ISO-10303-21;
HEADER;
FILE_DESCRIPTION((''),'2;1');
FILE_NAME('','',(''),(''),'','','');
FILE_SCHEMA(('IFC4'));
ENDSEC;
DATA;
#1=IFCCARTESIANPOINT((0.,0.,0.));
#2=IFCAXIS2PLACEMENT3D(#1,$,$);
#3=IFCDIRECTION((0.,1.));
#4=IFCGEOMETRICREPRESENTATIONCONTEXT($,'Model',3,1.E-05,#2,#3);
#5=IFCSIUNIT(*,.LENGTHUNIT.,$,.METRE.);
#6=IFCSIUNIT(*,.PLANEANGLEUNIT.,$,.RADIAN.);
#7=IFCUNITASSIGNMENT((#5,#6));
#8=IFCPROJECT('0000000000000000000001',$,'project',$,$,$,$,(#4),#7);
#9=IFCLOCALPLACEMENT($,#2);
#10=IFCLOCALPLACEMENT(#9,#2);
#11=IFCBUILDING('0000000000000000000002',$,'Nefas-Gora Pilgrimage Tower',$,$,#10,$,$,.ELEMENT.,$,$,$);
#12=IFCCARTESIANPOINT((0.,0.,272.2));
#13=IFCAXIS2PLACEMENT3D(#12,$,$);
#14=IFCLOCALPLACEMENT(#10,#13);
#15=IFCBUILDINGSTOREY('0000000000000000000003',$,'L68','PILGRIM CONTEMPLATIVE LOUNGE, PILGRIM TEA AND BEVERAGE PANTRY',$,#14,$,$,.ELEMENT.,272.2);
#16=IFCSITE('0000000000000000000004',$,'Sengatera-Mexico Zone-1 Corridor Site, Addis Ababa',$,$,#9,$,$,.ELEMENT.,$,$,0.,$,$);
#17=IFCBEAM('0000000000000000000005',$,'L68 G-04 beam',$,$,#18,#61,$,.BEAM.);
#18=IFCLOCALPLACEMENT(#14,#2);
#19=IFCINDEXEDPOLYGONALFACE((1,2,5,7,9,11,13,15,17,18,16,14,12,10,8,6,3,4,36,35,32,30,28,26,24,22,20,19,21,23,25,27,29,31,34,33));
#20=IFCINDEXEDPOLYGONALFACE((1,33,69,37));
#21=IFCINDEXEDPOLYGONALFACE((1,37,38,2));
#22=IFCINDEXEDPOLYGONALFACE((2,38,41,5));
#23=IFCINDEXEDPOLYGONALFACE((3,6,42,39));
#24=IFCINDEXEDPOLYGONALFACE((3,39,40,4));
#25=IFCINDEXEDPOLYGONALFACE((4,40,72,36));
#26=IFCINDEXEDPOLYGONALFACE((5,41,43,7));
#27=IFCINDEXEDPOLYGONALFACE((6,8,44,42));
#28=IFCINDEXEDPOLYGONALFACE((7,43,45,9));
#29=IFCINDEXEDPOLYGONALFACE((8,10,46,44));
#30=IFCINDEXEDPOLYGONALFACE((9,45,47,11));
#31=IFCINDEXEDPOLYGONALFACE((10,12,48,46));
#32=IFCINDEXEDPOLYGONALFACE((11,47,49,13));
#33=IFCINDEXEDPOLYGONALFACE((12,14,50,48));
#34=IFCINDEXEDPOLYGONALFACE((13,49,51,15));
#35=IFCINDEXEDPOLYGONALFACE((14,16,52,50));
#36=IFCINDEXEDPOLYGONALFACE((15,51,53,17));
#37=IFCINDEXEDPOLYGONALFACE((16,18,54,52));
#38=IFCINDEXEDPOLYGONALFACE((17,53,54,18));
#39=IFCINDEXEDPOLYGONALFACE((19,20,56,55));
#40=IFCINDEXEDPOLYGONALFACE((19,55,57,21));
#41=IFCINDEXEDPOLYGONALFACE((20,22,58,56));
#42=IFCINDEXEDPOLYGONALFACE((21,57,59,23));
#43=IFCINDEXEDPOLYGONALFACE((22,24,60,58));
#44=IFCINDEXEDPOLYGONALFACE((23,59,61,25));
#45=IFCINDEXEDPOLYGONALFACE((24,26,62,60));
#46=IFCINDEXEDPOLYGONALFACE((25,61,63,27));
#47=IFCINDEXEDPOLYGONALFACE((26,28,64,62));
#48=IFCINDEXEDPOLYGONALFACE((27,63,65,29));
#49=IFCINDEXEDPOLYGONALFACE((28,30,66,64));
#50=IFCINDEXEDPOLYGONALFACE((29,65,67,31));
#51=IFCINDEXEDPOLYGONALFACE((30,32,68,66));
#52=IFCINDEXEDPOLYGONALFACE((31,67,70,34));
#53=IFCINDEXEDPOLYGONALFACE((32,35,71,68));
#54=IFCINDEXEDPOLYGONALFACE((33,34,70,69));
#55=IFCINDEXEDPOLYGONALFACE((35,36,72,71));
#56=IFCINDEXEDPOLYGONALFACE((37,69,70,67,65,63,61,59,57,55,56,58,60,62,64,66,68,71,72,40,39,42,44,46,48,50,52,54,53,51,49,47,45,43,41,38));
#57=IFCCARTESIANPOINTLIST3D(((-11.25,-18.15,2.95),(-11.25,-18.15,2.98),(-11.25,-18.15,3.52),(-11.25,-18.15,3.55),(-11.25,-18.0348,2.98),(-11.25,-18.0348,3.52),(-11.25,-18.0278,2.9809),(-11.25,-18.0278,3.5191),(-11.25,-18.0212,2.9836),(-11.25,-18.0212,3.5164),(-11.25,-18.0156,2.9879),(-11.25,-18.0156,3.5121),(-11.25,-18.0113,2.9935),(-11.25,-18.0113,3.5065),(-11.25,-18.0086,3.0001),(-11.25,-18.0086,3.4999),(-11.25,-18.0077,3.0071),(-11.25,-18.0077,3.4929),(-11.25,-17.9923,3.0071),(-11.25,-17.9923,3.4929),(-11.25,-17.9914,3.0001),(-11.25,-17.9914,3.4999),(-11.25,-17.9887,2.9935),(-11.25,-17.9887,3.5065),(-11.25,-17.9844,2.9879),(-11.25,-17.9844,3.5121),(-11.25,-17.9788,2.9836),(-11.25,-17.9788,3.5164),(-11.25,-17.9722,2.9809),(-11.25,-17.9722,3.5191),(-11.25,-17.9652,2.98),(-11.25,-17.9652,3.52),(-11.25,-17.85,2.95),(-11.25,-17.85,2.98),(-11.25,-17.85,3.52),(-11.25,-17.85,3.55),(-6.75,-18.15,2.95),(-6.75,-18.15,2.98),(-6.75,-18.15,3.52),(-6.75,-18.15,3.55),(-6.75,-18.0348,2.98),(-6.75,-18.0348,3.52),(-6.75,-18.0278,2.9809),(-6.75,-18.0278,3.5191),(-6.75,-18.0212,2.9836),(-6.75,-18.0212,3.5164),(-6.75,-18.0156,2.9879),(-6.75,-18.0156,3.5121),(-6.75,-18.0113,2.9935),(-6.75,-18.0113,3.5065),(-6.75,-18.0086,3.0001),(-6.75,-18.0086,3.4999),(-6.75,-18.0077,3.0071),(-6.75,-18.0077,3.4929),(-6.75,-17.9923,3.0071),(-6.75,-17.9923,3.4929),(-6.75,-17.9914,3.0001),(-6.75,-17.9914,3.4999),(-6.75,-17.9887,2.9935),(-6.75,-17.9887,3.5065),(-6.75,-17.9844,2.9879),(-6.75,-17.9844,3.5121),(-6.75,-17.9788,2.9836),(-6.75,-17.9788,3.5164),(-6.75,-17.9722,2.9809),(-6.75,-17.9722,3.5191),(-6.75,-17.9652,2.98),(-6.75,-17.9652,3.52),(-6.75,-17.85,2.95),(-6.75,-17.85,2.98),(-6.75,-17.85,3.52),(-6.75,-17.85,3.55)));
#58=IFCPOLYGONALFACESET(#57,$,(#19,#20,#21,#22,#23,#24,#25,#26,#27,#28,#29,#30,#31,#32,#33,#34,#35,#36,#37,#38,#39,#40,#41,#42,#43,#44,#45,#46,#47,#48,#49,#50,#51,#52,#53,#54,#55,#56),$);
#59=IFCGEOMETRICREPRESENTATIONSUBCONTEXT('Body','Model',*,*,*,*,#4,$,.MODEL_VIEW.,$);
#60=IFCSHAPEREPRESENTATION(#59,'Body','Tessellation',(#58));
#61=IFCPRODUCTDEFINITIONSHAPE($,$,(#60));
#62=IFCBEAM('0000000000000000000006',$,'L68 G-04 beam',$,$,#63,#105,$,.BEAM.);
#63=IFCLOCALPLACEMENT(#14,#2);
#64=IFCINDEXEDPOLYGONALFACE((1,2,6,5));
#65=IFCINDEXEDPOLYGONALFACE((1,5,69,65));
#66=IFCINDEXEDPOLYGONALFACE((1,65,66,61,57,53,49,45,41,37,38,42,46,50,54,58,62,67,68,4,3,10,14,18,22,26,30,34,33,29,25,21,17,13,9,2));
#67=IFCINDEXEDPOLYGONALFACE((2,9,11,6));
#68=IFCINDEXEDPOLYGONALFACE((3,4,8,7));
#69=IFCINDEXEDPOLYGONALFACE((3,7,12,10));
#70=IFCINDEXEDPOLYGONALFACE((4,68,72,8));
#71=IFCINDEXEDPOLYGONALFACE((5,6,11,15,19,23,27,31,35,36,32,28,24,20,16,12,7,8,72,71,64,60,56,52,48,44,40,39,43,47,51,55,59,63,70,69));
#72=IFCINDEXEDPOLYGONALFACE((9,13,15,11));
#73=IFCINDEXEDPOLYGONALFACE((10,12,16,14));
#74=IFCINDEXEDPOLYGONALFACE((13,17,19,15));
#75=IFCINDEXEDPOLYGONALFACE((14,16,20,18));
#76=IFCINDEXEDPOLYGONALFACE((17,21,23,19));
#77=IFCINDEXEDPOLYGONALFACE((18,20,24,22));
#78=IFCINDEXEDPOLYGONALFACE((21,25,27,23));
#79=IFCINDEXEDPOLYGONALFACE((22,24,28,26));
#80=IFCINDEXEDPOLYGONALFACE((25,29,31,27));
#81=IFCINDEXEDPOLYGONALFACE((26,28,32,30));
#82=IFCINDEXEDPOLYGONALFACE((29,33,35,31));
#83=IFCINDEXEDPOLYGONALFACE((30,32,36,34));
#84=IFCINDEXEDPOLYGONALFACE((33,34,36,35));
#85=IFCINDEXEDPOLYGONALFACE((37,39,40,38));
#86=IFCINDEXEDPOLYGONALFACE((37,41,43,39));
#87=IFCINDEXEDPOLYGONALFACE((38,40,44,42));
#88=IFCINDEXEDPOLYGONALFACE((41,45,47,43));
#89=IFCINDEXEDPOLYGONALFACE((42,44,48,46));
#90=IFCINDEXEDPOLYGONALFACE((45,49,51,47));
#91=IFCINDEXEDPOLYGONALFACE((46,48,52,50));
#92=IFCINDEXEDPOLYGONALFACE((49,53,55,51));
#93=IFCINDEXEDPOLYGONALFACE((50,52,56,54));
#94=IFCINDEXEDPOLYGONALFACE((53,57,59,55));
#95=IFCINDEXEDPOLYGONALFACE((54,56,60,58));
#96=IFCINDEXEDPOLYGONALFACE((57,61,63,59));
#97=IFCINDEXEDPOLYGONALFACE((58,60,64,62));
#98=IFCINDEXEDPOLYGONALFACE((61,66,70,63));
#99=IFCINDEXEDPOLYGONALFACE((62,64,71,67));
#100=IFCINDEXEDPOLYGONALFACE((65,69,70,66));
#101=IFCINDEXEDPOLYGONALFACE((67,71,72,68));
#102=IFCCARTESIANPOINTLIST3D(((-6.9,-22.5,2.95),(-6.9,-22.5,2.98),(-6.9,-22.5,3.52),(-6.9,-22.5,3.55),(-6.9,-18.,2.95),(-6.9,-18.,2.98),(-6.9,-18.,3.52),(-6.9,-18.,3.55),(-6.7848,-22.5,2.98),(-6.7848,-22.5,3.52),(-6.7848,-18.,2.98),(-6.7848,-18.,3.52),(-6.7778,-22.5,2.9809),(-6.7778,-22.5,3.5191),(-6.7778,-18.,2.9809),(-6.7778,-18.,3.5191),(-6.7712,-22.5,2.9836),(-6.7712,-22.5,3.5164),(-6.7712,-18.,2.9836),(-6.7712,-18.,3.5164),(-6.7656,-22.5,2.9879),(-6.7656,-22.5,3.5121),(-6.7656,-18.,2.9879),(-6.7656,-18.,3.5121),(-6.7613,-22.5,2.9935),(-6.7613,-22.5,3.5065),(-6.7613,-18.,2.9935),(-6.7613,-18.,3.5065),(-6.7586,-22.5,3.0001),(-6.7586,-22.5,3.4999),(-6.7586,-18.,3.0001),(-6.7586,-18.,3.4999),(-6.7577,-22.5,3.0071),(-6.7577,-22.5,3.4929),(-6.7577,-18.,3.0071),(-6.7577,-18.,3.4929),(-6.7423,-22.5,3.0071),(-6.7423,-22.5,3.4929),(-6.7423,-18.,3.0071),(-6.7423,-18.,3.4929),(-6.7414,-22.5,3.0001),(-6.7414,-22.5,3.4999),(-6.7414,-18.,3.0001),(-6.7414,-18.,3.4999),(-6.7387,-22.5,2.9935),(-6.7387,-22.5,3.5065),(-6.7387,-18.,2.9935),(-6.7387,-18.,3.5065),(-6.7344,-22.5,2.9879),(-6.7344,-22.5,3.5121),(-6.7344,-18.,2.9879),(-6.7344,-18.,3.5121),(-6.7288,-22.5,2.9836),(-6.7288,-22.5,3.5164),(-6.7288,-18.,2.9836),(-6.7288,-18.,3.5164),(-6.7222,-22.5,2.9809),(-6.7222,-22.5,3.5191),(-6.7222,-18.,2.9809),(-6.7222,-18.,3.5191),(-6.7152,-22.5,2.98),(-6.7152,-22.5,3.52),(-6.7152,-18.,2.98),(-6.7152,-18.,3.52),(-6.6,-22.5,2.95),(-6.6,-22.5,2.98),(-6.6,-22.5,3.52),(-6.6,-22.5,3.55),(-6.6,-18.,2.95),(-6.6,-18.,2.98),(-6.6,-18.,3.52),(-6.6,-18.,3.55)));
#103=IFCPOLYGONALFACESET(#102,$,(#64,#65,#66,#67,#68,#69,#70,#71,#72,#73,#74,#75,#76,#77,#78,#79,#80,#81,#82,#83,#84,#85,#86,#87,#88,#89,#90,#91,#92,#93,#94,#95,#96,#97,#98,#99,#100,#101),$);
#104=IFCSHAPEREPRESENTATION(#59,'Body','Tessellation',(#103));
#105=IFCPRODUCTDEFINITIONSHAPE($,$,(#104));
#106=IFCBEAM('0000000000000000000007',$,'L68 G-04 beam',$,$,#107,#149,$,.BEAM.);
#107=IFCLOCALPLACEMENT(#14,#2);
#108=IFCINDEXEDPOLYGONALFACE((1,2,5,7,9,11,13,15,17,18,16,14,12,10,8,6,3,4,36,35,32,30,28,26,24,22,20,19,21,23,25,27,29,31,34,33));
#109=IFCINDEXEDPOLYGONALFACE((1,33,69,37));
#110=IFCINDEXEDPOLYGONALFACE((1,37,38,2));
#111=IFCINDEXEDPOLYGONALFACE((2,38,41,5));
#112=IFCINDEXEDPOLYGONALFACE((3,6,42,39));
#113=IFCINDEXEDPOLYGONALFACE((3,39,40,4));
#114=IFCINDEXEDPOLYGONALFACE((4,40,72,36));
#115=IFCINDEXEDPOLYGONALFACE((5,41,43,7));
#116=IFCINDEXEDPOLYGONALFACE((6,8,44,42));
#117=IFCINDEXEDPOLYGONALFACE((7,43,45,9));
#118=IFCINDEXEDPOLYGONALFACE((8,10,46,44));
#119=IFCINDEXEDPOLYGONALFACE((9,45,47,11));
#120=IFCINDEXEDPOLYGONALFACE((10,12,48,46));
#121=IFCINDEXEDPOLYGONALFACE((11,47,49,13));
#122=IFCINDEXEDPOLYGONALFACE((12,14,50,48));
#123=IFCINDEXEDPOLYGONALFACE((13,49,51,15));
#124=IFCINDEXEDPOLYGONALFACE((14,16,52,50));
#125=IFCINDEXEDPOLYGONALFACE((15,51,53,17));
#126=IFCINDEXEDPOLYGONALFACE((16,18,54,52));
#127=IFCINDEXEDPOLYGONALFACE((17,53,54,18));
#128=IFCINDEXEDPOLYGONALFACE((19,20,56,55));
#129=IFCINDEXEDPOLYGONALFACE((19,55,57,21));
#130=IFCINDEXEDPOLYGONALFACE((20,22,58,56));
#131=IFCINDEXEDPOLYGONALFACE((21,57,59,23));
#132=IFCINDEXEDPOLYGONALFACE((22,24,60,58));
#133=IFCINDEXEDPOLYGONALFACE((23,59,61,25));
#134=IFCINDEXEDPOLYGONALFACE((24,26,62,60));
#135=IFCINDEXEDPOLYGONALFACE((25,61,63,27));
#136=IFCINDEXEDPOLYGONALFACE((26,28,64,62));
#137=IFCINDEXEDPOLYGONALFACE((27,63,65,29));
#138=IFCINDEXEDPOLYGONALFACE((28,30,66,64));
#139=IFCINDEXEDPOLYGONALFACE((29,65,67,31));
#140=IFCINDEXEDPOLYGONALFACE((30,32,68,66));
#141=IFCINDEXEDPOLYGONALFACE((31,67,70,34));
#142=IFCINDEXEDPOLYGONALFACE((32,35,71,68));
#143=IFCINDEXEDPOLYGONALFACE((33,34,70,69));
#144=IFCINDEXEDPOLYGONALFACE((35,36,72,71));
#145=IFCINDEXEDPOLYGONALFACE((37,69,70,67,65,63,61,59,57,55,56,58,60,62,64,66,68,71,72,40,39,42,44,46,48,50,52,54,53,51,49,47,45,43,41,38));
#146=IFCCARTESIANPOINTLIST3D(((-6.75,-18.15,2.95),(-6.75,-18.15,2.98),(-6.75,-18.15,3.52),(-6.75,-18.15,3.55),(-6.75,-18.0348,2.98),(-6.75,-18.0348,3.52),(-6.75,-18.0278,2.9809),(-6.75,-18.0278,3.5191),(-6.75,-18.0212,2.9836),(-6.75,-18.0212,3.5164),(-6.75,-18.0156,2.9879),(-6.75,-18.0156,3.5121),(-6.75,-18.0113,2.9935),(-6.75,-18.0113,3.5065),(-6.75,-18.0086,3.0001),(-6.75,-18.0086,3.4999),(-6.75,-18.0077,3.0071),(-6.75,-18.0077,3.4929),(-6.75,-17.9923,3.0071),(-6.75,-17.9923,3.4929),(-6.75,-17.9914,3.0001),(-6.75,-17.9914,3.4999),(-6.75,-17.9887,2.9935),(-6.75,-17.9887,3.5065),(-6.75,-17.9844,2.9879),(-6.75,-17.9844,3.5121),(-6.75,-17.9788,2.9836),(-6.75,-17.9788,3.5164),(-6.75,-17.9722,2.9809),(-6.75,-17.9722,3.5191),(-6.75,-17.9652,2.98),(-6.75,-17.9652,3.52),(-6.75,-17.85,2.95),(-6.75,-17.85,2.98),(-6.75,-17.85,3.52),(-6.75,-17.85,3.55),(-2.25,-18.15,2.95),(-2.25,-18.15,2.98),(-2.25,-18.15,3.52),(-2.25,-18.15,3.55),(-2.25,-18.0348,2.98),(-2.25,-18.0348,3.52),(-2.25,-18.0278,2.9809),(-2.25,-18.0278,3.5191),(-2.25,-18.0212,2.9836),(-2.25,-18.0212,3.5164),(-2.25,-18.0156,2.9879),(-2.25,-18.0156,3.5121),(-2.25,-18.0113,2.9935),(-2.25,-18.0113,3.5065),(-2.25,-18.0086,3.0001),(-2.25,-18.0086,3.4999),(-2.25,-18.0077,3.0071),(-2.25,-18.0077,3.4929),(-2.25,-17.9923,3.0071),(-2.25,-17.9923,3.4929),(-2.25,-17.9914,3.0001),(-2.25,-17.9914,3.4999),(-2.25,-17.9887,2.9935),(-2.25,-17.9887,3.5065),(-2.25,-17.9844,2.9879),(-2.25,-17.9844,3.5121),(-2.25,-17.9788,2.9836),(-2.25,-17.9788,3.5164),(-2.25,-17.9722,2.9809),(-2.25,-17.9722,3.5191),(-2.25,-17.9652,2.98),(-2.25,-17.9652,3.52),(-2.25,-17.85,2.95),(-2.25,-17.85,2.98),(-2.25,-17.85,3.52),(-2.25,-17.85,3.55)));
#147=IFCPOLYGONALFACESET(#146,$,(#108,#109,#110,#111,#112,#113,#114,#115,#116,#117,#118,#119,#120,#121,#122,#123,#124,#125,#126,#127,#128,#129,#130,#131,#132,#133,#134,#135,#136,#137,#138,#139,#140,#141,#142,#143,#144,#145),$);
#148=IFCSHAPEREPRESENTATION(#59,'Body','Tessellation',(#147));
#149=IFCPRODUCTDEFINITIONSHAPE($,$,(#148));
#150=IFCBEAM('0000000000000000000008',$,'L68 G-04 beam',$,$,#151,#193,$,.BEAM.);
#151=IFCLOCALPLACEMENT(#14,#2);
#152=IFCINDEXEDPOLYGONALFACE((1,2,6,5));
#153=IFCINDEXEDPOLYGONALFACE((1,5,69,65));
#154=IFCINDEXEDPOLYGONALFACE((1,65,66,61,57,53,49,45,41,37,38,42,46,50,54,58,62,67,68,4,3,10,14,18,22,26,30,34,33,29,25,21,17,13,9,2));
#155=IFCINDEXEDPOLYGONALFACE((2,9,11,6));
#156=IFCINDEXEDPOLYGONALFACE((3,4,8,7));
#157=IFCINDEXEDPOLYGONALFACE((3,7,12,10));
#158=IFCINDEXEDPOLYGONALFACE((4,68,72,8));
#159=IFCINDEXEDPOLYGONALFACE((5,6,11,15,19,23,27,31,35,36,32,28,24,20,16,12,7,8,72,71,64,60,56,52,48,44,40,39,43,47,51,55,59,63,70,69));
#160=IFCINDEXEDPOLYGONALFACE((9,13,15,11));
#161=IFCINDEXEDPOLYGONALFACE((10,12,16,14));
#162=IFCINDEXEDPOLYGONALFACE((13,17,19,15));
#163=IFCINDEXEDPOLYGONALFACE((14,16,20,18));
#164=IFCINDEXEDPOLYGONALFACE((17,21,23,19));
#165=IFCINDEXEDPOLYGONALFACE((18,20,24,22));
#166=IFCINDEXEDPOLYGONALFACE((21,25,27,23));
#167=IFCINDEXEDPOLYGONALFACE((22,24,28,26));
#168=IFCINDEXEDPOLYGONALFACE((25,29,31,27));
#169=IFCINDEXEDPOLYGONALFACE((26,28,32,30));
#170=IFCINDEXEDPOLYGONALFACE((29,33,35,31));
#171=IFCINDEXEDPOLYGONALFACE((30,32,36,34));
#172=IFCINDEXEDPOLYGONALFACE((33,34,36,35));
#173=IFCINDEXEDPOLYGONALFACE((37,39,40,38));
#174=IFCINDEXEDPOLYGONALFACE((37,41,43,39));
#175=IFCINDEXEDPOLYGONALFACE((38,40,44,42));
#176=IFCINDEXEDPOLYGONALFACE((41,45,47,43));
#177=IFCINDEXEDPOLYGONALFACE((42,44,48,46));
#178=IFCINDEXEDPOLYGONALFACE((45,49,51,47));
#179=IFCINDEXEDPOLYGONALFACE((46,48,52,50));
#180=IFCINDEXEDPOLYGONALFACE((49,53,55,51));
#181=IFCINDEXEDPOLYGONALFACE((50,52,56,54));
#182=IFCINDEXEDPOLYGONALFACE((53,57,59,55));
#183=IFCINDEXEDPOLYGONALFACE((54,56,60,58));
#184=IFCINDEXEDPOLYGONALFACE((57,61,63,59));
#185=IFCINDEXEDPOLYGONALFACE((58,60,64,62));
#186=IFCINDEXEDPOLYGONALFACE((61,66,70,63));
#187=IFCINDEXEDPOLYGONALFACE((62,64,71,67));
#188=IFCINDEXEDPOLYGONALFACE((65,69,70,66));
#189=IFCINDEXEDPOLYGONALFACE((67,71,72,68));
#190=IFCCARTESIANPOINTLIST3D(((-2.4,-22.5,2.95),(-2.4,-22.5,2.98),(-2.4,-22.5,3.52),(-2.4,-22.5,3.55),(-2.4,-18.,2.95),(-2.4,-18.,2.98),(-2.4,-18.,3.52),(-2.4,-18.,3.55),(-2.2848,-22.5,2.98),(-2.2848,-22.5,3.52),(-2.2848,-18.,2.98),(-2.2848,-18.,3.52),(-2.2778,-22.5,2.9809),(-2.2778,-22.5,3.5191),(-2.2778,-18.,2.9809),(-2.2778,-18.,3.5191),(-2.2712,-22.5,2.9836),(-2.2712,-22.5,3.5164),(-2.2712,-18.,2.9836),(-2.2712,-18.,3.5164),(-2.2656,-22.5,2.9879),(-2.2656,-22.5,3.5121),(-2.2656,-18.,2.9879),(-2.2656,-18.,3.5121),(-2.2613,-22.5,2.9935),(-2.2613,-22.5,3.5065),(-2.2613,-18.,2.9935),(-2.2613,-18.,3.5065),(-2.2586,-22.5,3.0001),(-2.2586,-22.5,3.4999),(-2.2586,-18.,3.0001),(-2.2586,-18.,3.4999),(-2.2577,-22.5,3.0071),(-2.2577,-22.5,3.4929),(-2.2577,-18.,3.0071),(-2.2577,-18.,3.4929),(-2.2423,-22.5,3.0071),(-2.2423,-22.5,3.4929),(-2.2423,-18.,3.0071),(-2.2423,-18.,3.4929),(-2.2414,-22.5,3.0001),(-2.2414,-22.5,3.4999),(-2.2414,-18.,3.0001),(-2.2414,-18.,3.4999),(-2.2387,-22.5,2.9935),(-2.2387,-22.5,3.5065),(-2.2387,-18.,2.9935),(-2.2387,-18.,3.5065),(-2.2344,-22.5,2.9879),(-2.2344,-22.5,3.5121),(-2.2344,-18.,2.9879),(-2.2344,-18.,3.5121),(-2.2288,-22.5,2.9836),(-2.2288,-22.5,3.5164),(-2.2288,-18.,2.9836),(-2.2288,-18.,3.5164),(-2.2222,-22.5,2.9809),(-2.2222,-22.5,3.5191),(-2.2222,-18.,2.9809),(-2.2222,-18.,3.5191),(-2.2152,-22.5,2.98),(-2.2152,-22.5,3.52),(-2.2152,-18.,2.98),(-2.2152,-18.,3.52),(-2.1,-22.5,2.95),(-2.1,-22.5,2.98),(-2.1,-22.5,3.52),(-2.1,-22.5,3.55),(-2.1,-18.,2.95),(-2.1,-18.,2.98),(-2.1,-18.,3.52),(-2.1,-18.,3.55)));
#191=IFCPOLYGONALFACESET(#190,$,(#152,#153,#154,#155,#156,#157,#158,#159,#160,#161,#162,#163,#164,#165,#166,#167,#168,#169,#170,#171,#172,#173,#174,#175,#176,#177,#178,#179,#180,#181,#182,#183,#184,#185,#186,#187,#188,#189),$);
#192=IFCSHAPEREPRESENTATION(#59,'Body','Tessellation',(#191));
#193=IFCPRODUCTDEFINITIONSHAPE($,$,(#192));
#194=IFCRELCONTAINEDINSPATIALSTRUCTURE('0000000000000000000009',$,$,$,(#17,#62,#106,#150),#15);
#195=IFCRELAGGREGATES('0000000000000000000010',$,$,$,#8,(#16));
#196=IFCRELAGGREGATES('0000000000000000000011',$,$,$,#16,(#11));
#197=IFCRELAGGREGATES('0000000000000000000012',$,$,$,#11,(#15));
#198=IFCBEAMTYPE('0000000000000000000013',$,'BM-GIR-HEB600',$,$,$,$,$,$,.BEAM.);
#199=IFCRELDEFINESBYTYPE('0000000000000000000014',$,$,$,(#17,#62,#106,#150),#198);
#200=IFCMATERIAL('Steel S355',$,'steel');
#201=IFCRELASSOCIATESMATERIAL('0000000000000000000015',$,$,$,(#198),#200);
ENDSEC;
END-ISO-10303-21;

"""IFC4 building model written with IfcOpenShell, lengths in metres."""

from ifc_helpers import new_model, si_unit, direction, frame, origin, origin_2d, place, context, subcontext, project, spatial, i_section, extrude, source, transform, mapped, material, material_profile, profile_set, type_object, element, save


model = new_model("IFC4")

# Units and contexts
model_context = context("Model", 3, precision=1e-05, world=origin(), true_north=direction((0.0, 1.0)))
body_context = subcontext(model_context, "Body", "Model", "MODEL_VIEW")
ifc_project = project(units=[si_unit("LENGTHUNIT", "METRE"), si_unit("PLANEANGLEUNIT", "RADIAN")], contexts=[model_context])

# Site, building, storey
site_placement = place(None, origin())
site = spatial("IfcSite", under=ifc_project, at=site_placement, Name="Sengatera-Mexico Zone-1 Corridor Site, Addis Ababa", CompositionType="ELEMENT", RefElevation=0.0)
building_placement = place(site_placement, origin())
building = spatial("IfcBuilding", under=site, at=building_placement, Name="Nefas-Gora Pilgrimage Tower", CompositionType="ELEMENT")
storey_placement = place(building_placement, frame((0.0, 0.0, 272.2)))
storey = spatial("IfcBuildingStorey", under=building, at=storey_placement, Name="L68", Description="PILGRIM CONTEMPLATIVE LOUNGE, PILGRIM TEA AND BEVERAGE PANTRY", CompositionType="ELEMENT", Elevation=272.2)

# Shared definitions
ifc_material_1 = material(Name="Steel S355", Category="steel")

# Beams
ifc_material_profile_1 = material_profile(ifc_material_1, i_section(OverallWidth=0.3, OverallDepth=0.6001, WebThickness=0.0154, FlangeThickness=0.03, FilletRadius=0.0271, at=origin_2d()), Name="HEB 600")
ifc_profile_set_1 = profile_set([ifc_material_profile_1], Name="Steel S355")
beam_type_1 = type_object("IfcBeamType", Name="BM-GIR-HEB600", PredefinedType="BEAM", material=ifc_profile_set_1)
shared_shape_1 = source(origin(), body_context, "Body", "SweptSolid", [
    extrude(i_section(OverallWidth=0.3, OverallDepth=0.6001, WebThickness=0.0154, FlangeThickness=0.03, FilletRadius=0.0271, at=origin_2d()), origin(), (0.0, 0.0, 1.0), 4.5),
])
for number, where, z_axis, x_axis, name in (
    (1, (-11.25, -18.0, 3.25), (1.0, 0.0, 0.0), (0.0, 1.0, 0.0), "L68 G-04 beam"),
    (2, (-6.75, -22.5, 3.25), (0.0, 1.0, 0.0), (-1.0, 0.0, 0.0), "L68 G-04 beam"),
    (3, (-6.75, -18.0, 3.25), (1.0, 0.0, 0.0), (0.0, 1.0, 0.0), "L68 G-04 beam"),
    (4, (-2.25, -22.5, 3.25), (0.0, 1.0, 0.0), (-1.0, 0.0, 0.0), "L68 G-04 beam"),
):
    element("IfcBeam", number, at=place(storey_placement, frame(where, z_axis=z_axis, x_axis=x_axis)), inside=storey, type_object=beam_type_1, Name=name, PredefinedType="BEAM", context=body_context, shape_type="MappedRepresentation", body=[
        mapped(shared_shape_1, transform((0.0, 0.0, 0.0), x_axis=(1.0, 0.0, 0.0), y_axis=(0.0, 1.0, 0.0), z_axis=(0.0, 0.0, 1.0), scale=1.0)),
    ])

save(model, "model.ifc")
